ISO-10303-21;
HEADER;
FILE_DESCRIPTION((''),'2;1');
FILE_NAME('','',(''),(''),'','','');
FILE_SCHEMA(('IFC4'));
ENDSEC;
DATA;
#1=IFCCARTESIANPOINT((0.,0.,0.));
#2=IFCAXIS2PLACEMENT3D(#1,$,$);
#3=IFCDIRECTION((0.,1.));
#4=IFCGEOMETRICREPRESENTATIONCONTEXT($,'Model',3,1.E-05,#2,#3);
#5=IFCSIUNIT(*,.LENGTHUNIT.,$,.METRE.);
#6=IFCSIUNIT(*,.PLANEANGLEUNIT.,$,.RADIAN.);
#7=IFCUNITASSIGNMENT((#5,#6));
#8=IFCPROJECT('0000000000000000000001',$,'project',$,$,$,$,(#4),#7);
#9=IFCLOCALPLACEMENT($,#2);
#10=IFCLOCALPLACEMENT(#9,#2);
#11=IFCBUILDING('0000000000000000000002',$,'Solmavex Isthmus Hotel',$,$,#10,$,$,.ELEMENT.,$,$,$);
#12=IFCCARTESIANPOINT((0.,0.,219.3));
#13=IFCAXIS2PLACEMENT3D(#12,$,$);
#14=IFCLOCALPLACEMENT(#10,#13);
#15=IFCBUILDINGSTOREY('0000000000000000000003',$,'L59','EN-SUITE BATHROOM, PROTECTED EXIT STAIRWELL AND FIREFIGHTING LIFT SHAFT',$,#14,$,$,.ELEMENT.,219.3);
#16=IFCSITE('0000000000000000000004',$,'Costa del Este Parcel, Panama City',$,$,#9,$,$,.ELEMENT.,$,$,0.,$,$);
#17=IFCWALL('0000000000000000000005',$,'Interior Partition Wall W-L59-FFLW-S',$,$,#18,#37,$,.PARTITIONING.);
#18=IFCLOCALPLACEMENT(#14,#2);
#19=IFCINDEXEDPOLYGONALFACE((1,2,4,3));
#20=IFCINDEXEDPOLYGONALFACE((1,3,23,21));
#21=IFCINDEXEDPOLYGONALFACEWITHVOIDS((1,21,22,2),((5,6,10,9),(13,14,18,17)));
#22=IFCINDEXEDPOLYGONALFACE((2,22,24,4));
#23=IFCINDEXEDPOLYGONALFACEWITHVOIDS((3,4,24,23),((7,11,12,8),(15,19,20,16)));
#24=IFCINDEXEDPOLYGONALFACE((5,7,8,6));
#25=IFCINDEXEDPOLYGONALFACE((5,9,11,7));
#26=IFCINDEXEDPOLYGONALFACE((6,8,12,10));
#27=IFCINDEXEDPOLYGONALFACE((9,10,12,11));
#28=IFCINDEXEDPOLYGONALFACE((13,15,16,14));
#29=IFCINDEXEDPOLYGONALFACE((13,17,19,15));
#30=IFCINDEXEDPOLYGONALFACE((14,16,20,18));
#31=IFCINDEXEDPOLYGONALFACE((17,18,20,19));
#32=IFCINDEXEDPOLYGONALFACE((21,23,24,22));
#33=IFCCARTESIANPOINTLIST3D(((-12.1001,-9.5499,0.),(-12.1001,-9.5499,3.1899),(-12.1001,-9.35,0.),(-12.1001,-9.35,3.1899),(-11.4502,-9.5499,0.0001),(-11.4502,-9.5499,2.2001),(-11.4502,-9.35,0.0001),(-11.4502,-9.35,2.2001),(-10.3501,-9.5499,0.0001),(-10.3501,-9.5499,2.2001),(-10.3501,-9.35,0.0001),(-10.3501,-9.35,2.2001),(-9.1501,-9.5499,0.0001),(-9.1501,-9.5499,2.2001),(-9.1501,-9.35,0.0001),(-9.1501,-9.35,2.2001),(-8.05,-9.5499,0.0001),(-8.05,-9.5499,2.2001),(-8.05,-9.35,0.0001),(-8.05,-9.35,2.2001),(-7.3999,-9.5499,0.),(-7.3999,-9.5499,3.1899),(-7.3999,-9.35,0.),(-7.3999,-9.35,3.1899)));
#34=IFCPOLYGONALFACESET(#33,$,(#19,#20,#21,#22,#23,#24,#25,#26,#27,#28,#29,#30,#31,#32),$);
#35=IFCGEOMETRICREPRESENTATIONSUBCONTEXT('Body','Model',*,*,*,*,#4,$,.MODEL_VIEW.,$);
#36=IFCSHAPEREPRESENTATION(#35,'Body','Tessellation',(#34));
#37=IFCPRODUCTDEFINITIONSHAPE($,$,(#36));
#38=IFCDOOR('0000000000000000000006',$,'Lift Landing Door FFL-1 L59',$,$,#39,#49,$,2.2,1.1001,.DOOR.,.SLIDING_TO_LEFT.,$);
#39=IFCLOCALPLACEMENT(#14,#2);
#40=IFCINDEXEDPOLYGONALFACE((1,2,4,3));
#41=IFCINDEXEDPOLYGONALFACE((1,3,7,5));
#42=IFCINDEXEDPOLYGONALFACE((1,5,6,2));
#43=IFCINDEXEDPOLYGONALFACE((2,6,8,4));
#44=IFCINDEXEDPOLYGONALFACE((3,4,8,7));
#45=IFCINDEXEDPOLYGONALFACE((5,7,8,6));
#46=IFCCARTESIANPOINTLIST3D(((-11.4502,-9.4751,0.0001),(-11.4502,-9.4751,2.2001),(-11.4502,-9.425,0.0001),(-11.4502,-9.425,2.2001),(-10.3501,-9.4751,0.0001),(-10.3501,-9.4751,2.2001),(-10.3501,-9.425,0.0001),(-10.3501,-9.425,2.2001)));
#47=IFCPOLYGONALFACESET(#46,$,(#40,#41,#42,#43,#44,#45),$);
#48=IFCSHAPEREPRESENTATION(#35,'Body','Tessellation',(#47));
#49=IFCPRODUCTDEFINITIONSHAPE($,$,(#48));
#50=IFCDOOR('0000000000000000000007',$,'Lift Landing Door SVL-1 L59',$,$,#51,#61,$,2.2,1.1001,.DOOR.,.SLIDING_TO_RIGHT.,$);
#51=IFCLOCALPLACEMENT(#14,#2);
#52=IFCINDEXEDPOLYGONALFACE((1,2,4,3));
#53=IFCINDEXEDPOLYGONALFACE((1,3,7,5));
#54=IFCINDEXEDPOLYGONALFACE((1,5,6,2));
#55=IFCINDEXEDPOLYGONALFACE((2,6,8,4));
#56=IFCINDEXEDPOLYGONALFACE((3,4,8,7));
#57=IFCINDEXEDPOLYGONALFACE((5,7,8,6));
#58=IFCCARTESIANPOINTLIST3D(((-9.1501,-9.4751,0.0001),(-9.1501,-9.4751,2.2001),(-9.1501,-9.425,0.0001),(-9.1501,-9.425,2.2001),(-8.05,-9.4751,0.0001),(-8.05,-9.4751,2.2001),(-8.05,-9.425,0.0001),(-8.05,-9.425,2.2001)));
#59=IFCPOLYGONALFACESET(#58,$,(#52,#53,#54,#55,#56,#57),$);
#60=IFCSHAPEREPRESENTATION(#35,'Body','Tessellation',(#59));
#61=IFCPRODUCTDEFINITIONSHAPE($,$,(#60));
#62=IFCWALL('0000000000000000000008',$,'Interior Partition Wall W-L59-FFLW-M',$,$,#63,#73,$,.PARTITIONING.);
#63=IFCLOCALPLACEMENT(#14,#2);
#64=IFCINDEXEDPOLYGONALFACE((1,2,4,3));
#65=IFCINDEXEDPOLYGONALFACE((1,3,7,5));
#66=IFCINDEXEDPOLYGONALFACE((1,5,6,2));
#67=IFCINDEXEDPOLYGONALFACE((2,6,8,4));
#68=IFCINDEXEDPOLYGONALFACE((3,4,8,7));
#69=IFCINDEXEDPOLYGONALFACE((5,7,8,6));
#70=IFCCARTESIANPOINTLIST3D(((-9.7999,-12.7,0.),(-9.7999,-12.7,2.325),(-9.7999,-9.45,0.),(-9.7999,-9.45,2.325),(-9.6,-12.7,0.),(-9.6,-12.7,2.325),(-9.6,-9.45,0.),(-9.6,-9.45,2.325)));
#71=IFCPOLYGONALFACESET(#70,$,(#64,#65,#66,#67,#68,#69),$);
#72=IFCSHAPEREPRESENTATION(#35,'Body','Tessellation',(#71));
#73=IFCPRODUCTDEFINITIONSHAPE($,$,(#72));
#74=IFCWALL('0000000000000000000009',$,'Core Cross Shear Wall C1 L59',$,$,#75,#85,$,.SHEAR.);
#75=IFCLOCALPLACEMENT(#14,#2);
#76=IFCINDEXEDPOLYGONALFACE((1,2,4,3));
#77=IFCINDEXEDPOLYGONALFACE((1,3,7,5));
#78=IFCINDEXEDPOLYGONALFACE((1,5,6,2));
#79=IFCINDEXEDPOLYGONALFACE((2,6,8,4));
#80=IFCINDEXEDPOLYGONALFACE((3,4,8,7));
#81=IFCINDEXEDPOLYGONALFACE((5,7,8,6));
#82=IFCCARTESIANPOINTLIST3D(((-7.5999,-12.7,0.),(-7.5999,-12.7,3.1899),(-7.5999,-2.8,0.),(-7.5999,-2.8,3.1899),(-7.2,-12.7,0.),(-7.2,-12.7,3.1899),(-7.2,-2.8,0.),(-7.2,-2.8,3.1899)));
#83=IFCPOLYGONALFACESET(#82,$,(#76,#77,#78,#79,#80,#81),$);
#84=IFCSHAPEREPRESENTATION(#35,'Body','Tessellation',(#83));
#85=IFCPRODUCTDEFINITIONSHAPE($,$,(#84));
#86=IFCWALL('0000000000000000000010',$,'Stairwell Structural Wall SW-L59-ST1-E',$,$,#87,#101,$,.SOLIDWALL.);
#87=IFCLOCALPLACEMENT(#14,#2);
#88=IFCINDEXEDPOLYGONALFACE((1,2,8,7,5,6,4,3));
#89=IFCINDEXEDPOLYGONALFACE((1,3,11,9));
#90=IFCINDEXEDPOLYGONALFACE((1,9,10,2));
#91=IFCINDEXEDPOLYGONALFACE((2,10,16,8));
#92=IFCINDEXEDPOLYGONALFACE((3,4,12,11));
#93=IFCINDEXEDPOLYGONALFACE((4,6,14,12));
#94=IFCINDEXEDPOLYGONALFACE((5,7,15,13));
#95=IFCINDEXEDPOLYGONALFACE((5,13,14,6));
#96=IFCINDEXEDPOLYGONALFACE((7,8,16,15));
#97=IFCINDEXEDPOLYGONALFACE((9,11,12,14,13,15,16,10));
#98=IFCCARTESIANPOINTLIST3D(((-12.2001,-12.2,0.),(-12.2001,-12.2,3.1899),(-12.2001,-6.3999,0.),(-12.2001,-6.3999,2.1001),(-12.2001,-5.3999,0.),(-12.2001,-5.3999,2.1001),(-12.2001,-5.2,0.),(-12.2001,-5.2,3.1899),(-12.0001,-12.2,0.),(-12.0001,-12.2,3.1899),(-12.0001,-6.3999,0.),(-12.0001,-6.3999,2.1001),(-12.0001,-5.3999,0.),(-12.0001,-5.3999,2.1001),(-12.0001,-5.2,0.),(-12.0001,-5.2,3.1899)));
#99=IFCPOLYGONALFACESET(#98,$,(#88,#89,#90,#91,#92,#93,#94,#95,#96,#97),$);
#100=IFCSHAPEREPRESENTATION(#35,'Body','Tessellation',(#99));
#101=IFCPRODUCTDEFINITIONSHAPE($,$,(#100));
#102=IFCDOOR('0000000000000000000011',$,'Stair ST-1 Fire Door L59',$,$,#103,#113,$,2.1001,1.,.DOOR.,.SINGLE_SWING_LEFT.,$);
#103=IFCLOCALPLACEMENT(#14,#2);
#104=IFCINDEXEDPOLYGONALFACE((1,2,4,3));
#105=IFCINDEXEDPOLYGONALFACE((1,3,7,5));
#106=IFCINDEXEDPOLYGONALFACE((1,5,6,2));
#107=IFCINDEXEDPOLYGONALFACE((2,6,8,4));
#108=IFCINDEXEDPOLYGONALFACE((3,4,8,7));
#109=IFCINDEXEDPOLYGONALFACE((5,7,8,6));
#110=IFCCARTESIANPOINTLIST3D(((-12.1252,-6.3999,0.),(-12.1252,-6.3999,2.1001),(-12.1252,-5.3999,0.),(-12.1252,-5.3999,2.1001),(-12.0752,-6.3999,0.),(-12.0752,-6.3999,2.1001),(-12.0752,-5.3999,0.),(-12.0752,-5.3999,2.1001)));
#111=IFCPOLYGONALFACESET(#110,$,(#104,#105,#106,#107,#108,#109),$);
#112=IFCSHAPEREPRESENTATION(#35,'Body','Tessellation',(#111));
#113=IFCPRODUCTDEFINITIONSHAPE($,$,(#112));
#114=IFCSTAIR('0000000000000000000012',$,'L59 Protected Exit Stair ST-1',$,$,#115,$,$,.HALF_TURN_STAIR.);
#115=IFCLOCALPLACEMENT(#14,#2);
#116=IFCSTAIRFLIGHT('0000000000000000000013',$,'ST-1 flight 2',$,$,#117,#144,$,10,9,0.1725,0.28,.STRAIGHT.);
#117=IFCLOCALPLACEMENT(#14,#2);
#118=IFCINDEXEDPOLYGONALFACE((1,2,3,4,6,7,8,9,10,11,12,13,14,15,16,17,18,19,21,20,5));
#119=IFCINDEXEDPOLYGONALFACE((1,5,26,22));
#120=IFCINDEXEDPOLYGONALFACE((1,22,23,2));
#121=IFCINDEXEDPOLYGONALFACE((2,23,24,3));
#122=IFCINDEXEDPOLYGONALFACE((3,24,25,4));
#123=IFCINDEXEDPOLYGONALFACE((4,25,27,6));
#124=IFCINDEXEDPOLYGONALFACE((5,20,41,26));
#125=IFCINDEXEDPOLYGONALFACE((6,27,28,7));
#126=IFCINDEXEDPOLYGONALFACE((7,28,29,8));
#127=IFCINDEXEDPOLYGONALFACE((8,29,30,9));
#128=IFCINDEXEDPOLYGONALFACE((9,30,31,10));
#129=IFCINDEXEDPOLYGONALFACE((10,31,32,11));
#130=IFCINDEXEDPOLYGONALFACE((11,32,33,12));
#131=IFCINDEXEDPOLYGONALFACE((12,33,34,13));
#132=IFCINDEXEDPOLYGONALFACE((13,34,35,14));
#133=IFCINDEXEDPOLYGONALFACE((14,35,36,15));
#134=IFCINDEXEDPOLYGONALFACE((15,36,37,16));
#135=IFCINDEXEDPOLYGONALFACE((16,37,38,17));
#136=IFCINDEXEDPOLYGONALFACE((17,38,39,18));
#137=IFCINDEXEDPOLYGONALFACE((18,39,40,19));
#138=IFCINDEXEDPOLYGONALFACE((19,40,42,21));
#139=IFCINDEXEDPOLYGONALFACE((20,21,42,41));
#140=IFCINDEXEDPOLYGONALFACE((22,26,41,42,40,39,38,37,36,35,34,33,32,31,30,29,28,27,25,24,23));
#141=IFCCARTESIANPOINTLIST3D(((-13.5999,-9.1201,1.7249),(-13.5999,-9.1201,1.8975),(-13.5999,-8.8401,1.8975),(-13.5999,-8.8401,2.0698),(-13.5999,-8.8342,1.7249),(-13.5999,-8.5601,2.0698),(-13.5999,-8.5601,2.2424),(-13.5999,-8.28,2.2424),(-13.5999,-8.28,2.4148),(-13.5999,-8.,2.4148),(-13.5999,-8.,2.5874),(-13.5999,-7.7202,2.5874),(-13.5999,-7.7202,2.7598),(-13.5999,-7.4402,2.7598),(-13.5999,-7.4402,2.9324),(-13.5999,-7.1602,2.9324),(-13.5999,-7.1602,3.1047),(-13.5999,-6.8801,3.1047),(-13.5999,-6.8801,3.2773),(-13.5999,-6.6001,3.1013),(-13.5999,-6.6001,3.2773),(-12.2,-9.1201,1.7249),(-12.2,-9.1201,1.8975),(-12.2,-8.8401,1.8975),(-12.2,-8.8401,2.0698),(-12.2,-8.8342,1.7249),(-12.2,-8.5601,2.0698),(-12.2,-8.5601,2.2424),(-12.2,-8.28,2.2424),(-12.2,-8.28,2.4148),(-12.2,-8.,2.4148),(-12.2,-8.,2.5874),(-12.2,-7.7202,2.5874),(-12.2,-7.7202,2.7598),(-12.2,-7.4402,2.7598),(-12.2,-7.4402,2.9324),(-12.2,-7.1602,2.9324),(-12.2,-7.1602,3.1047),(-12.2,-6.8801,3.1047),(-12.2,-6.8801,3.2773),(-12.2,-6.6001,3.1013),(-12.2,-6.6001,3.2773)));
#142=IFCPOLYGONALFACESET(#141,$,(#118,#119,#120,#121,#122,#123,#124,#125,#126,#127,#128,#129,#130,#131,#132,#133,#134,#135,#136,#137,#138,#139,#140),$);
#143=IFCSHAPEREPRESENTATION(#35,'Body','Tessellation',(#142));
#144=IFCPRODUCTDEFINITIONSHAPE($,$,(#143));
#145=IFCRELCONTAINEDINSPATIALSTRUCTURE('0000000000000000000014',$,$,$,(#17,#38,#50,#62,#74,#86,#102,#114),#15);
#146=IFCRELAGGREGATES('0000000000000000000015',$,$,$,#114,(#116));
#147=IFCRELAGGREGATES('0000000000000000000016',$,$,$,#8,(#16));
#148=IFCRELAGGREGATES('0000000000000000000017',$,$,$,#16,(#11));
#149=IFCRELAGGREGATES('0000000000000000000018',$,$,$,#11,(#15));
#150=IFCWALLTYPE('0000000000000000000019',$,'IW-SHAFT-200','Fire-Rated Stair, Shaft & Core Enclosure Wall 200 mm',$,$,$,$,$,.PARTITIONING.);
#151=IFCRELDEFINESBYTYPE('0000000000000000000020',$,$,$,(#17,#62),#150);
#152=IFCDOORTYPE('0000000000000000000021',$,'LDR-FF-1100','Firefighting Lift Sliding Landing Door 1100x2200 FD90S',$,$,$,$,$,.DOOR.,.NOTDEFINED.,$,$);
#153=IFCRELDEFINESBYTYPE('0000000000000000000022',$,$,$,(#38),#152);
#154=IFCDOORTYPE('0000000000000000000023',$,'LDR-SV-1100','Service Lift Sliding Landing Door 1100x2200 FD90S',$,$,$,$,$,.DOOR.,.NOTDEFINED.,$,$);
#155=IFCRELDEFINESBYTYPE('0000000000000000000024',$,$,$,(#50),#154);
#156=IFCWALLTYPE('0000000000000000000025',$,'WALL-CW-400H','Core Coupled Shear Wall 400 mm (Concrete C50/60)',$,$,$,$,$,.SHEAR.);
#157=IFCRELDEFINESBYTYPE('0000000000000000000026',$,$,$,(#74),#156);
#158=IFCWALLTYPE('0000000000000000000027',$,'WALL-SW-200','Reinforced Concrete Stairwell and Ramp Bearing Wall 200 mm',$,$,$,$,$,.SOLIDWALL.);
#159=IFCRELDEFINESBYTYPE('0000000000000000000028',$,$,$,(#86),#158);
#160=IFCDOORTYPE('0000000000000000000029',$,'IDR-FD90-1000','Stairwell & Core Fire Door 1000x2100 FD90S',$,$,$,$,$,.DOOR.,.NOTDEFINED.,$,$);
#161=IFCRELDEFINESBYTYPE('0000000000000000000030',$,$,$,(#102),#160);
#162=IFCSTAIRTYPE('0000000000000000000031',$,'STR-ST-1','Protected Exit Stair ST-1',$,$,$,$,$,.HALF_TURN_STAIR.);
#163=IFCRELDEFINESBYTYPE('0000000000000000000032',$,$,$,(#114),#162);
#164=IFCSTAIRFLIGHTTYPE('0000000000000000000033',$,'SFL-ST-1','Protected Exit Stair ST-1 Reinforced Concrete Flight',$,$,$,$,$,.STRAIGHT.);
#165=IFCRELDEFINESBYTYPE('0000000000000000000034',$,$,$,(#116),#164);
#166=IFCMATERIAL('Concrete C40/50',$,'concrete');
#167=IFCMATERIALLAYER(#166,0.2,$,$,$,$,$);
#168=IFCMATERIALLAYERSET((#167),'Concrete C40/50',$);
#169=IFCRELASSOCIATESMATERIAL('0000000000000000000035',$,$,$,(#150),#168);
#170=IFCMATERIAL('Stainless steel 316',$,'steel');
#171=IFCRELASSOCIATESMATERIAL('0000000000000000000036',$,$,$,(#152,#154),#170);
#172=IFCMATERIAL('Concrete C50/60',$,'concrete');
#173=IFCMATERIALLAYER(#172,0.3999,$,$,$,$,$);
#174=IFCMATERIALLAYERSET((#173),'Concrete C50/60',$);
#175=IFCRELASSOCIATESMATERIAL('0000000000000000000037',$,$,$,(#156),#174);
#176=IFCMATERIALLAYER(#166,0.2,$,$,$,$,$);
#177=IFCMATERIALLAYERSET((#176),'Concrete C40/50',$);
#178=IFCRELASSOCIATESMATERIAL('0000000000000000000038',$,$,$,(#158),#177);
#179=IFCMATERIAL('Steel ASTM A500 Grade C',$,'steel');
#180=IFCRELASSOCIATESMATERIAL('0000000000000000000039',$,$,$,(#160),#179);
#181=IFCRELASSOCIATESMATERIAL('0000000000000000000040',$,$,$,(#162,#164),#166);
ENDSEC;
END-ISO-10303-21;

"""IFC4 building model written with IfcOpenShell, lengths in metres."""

from ifc_helpers import new_model, si_unit, direction, frame, frame_2d, origin, place, context, subcontext, project, spatial, polyline, rectangle, outline, extrude, material, layer, layer_set, type_object, element, fill, aggregate, save


model = new_model("IFC4")

# Units and contexts
model_context = context("Model", 3, precision=1e-05, world=origin(), true_north=direction((0.0, 1.0)))
body_context = subcontext(model_context, "Body", "Model", "MODEL_VIEW")
ifc_project = project(units=[si_unit("LENGTHUNIT", "METRE"), si_unit("PLANEANGLEUNIT", "RADIAN")], contexts=[model_context])

# Site, building, storey
site_placement = place(None, origin())
site = spatial("IfcSite", under=ifc_project, at=site_placement, Name="Costa del Este Parcel, Panama City", CompositionType="ELEMENT", RefElevation=0.0)
building_placement = place(site_placement, origin())
building = spatial("IfcBuilding", under=site, at=building_placement, Name="Solmavex Isthmus Hotel", CompositionType="ELEMENT")
storey_placement = place(building_placement, frame((0.0, 0.0, 219.3)))
storey = spatial("IfcBuildingStorey", under=building, at=storey_placement, Name="L59", Description="EN-SUITE BATHROOM, PROTECTED EXIT STAIRWELL AND FIREFIGHTING LIFT SHAFT", CompositionType="ELEMENT", Elevation=219.3)

# Shared definitions
ifc_material_1 = material(Name="Concrete C50/60", Category="concrete")

# Wall, openings, doors
ifc_material_2 = material(Name="Concrete C40/50", Category="concrete")
ifc_layer_1 = layer(ifc_material_2, 0.2)
ifc_layer_set_1 = layer_set([ifc_layer_1], Name="Concrete C40/50")
wall_type_1 = type_object("IfcWallType", Name="IW-SHAFT-200", Description="Fire-Rated Stair, Shaft & Core Enclosure Wall 200 mm", PredefinedType="PARTITIONING", material=ifc_layer_set_1)
wall_1_placement = place(storey_placement, frame((-12.1001, -9.45, 0.0), z_axis=(0.0, 0.0, 1.0), x_axis=(1.0, 0.0, 0.0)))
wall_1 = element("IfcWall", 1, at=wall_1_placement, inside=storey, type_object=wall_type_1, Name="Interior Partition Wall W-L59-FFLW-S", PredefinedType="PARTITIONING", context=body_context, shape_type="SweptSolid", body=[
    extrude(rectangle(XDim=4.7002, YDim=0.2, at=frame_2d((2.3501, 0.0))), origin(), (0.0, 0.0, 1.0), 3.1899),
])
opening_1_placement = place(wall_1_placement, frame((0.6499, 0.0, 0.0)))
opening_1 = element("IfcOpeningElement", 2, at=opening_1_placement, cuts=wall_1, PredefinedType="OPENING", context=body_context, shape_type="SweptSolid", body=[
    extrude(rectangle(XDim=1.1001, YDim=2.2, at=frame_2d((0.55, 1.1001))), frame((0.0, 0.1099, 0.0), z_axis=(0.0, -1.0, 0.0), x_axis=(1.0, 0.0, 0.0)), (0.0, 0.0, 1.0), 0.22),
])
opening_2_placement = place(wall_1_placement, frame((2.95, 0.0, 0.0)))
opening_2 = element("IfcOpeningElement", 3, at=opening_2_placement, cuts=wall_1, PredefinedType="OPENING", context=body_context, shape_type="SweptSolid", body=[
    extrude(rectangle(XDim=1.1001, YDim=2.2, at=frame_2d((0.55, 1.1001))), frame((0.0, 0.1099, 0.0), z_axis=(0.0, -1.0, 0.0), x_axis=(1.0, 0.0, 0.0)), (0.0, 0.0, 1.0), 0.22),
])
ifc_material_3 = material(Name="Stainless steel 316", Category="steel")
door_type_1 = type_object("IfcDoorType", Name="LDR-FF-1100", Description="Firefighting Lift Sliding Landing Door 1100x2200 FD90S", OperationType="NOTDEFINED", PredefinedType="DOOR", material=ifc_material_3)
door_1_placement = place(opening_1_placement, origin())
door_1 = element("IfcDoor", 4, at=door_1_placement, inside=storey, type_object=door_type_1, Name="Lift Landing Door FFL-1 L59", OperationType="SLIDING_TO_LEFT", OverallHeight=2.2, OverallWidth=1.1001, PredefinedType="DOOR", context=body_context, shape_type="SweptSolid", body=[
    extrude(rectangle(XDim=1.1001, YDim=2.2, at=frame_2d((0.55, 1.1001))), frame((0.0, 0.0249, 0.0), z_axis=(0.0, -1.0, 0.0), x_axis=(1.0, 0.0, 0.0)), (0.0, 0.0, 1.0), 0.05),
])
fill(opening_1, door_1)
door_type_2 = type_object("IfcDoorType", Name="LDR-SV-1100", Description="Service Lift Sliding Landing Door 1100x2200 FD90S", OperationType="NOTDEFINED", PredefinedType="DOOR", material=ifc_material_3)
door_2_placement = place(opening_2_placement, origin())
door_2 = element("IfcDoor", 5, at=door_2_placement, inside=storey, type_object=door_type_2, Name="Lift Landing Door SVL-1 L59", OperationType="SLIDING_TO_RIGHT", OverallHeight=2.2, OverallWidth=1.1001, PredefinedType="DOOR", context=body_context, shape_type="SweptSolid", body=[
    extrude(rectangle(XDim=1.1001, YDim=2.2, at=frame_2d((0.55, 1.1001))), frame((0.0, 0.0249, 0.0), z_axis=(0.0, -1.0, 0.0), x_axis=(1.0, 0.0, 0.0)), (0.0, 0.0, 1.0), 0.05),
])
fill(opening_2, door_2)

# Walls
wall_2_placement = place(storey_placement, frame((-9.7, -12.7, 0.0), z_axis=(0.0, 0.0, 1.0), x_axis=(0.0, 1.0, 0.0)))
element("IfcWall", 6, at=wall_2_placement, inside=storey, type_object=wall_type_1, Name="Interior Partition Wall W-L59-FFLW-M", PredefinedType="PARTITIONING", context=body_context, shape_type="SweptSolid", body=[
    extrude(rectangle(XDim=3.25, YDim=0.2, at=frame_2d((1.625, 0.0))), origin(), (0.0, 0.0, 1.0), 2.325),
])
ifc_layer_2 = layer(ifc_material_1, 0.3999)
ifc_layer_set_2 = layer_set([ifc_layer_2], Name="Concrete C50/60")
wall_type_2 = type_object("IfcWallType", Name="WALL-CW-400H", Description="Core Coupled Shear Wall 400 mm (Concrete C50/60)", PredefinedType="SHEAR", material=ifc_layer_set_2)
wall_3_placement = place(storey_placement, frame((-7.3999, -12.7, 0.0), z_axis=(0.0, 0.0, 1.0), x_axis=(0.0, 1.0, 0.0)))
element("IfcWall", 7, at=wall_3_placement, inside=storey, type_object=wall_type_2, Name="Core Cross Shear Wall C1 L59", PredefinedType="SHEAR", context=body_context, shape_type="SweptSolid", body=[
    extrude(rectangle(XDim=9.8999, YDim=0.3999, at=frame_2d((4.95, 0.0))), origin(), (0.0, 0.0, 1.0), 3.1899),
])

# Wall, opening, door
ifc_layer_3 = layer(ifc_material_2, 0.2)
ifc_layer_set_3 = layer_set([ifc_layer_3], Name="Concrete C40/50")
wall_type_3 = type_object("IfcWallType", Name="WALL-SW-200", Description="Reinforced Concrete Stairwell and Ramp Bearing Wall 200 mm", PredefinedType="SOLIDWALL", material=ifc_layer_set_3)
wall_4_placement = place(storey_placement, frame((-12.1001, -12.2, 0.0), z_axis=(0.0, 0.0, 1.0), x_axis=(0.0, 1.0, 0.0)))
wall_4 = element("IfcWall", 8, at=wall_4_placement, inside=storey, type_object=wall_type_3, Name="Stairwell Structural Wall SW-L59-ST1-E", PredefinedType="SOLIDWALL", context=body_context, shape_type="SweptSolid", body=[
    extrude(rectangle(XDim=7.0, YDim=0.2, at=frame_2d((3.5, 0.0))), origin(), (0.0, 0.0, 1.0), 3.1899),
])
opening_3_placement = place(wall_4_placement, frame((5.8, 0.0, 0.0)))
opening_3 = element("IfcOpeningElement", 9, at=opening_3_placement, cuts=wall_4, PredefinedType="OPENING", context=body_context, shape_type="SweptSolid", body=[
    extrude(rectangle(XDim=1.0, YDim=2.1001, at=frame_2d((0.5, 1.05))), frame((0.0, 0.1099, 0.0), z_axis=(0.0, -1.0, 0.0), x_axis=(1.0, 0.0, 0.0)), (0.0, 0.0, 1.0), 0.22),
])
ifc_material_4 = material(Name="Steel ASTM A500 Grade C", Category="steel")
door_type_3 = type_object("IfcDoorType", Name="IDR-FD90-1000", Description="Stairwell & Core Fire Door 1000x2100 FD90S", OperationType="NOTDEFINED", PredefinedType="DOOR", material=ifc_material_4)
door_3_placement = place(opening_3_placement, frame((1.0, 0.0, 0.0), z_axis=(0.0, 0.0, 1.0), x_axis=(-1.0, 0.0, 0.0)))
door_3 = element("IfcDoor", 10, at=door_3_placement, inside=storey, type_object=door_type_3, Name="Stair ST-1 Fire Door L59", OperationType="SINGLE_SWING_LEFT", OverallHeight=2.1001, OverallWidth=1.0, PredefinedType="DOOR", context=body_context, shape_type="SweptSolid", body=[
    extrude(rectangle(XDim=1.0, YDim=2.1001, at=frame_2d((0.5, 1.05))), frame((0.0, 0.0249, 0.0), z_axis=(0.0, -1.0, 0.0), x_axis=(1.0, 0.0, 0.0)), (0.0, 0.0, 1.0), 0.05),
])
fill(opening_3, door_3)

# Stair, stair flight
stair_type = type_object("IfcStairType", Name="STR-ST-1", Description="Protected Exit Stair ST-1", PredefinedType="HALF_TURN_STAIR", material=ifc_material_2)
stair_placement = place(storey_placement, origin())
stair = element("IfcStair", 11, at=stair_placement, inside=storey, type_object=stair_type, Name="L59 Protected Exit Stair ST-1", PredefinedType="HALF_TURN_STAIR")
stair_flight_type = type_object("IfcStairFlightType", Name="SFL-ST-1", Description="Protected Exit Stair ST-1 Reinforced Concrete Flight", PredefinedType="STRAIGHT", material=ifc_material_2)
stair_flight_placement = place(storey_placement, frame((-12.8999, -9.1201, 1.7249), z_axis=(0.0, 0.0, 1.0), x_axis=(0.0, 1.0, 0.0)))
stair_flight = element("IfcStairFlight", 12, at=stair_flight_placement, type_object=stair_flight_type, Name="ST-1 flight 2", NumberOfRisers=10, NumberOfTreads=9, PredefinedType="STRAIGHT", RiserHeight=0.1725, TreadLength=0.28, context=body_context, shape_type="SweptSolid", body=[
    extrude(outline(polyline([(0.0, 0.0), (0.0, 0.1726), (0.28, 0.1726), (0.28, 0.345), (0.5601, 0.345), (0.5601, 0.5176), (0.8401, 0.5176), (0.8401, 0.6899), (1.1201, 0.6899), (1.1201, 0.8625), (1.3999, 0.8625), (1.3999, 1.0349), (1.6799, 1.0349), (1.6799, 1.2075), (1.96, 1.2075), (1.96, 1.3799), (2.24, 1.3799), (2.24, 1.5525), (2.52, 1.5525), (2.52, 1.7251), (2.52, 1.3765), (0.2859, 0.0), (0.0, 0.0)])), frame((0.0, 0.7, 0.0), z_axis=(0.0, -1.0, 0.0), x_axis=(1.0, 0.0, 0.0)), (0.0, 0.0, 1.0), 1.3999),
])
aggregate(stair, [stair_flight])

save(model, "model.ifc")
